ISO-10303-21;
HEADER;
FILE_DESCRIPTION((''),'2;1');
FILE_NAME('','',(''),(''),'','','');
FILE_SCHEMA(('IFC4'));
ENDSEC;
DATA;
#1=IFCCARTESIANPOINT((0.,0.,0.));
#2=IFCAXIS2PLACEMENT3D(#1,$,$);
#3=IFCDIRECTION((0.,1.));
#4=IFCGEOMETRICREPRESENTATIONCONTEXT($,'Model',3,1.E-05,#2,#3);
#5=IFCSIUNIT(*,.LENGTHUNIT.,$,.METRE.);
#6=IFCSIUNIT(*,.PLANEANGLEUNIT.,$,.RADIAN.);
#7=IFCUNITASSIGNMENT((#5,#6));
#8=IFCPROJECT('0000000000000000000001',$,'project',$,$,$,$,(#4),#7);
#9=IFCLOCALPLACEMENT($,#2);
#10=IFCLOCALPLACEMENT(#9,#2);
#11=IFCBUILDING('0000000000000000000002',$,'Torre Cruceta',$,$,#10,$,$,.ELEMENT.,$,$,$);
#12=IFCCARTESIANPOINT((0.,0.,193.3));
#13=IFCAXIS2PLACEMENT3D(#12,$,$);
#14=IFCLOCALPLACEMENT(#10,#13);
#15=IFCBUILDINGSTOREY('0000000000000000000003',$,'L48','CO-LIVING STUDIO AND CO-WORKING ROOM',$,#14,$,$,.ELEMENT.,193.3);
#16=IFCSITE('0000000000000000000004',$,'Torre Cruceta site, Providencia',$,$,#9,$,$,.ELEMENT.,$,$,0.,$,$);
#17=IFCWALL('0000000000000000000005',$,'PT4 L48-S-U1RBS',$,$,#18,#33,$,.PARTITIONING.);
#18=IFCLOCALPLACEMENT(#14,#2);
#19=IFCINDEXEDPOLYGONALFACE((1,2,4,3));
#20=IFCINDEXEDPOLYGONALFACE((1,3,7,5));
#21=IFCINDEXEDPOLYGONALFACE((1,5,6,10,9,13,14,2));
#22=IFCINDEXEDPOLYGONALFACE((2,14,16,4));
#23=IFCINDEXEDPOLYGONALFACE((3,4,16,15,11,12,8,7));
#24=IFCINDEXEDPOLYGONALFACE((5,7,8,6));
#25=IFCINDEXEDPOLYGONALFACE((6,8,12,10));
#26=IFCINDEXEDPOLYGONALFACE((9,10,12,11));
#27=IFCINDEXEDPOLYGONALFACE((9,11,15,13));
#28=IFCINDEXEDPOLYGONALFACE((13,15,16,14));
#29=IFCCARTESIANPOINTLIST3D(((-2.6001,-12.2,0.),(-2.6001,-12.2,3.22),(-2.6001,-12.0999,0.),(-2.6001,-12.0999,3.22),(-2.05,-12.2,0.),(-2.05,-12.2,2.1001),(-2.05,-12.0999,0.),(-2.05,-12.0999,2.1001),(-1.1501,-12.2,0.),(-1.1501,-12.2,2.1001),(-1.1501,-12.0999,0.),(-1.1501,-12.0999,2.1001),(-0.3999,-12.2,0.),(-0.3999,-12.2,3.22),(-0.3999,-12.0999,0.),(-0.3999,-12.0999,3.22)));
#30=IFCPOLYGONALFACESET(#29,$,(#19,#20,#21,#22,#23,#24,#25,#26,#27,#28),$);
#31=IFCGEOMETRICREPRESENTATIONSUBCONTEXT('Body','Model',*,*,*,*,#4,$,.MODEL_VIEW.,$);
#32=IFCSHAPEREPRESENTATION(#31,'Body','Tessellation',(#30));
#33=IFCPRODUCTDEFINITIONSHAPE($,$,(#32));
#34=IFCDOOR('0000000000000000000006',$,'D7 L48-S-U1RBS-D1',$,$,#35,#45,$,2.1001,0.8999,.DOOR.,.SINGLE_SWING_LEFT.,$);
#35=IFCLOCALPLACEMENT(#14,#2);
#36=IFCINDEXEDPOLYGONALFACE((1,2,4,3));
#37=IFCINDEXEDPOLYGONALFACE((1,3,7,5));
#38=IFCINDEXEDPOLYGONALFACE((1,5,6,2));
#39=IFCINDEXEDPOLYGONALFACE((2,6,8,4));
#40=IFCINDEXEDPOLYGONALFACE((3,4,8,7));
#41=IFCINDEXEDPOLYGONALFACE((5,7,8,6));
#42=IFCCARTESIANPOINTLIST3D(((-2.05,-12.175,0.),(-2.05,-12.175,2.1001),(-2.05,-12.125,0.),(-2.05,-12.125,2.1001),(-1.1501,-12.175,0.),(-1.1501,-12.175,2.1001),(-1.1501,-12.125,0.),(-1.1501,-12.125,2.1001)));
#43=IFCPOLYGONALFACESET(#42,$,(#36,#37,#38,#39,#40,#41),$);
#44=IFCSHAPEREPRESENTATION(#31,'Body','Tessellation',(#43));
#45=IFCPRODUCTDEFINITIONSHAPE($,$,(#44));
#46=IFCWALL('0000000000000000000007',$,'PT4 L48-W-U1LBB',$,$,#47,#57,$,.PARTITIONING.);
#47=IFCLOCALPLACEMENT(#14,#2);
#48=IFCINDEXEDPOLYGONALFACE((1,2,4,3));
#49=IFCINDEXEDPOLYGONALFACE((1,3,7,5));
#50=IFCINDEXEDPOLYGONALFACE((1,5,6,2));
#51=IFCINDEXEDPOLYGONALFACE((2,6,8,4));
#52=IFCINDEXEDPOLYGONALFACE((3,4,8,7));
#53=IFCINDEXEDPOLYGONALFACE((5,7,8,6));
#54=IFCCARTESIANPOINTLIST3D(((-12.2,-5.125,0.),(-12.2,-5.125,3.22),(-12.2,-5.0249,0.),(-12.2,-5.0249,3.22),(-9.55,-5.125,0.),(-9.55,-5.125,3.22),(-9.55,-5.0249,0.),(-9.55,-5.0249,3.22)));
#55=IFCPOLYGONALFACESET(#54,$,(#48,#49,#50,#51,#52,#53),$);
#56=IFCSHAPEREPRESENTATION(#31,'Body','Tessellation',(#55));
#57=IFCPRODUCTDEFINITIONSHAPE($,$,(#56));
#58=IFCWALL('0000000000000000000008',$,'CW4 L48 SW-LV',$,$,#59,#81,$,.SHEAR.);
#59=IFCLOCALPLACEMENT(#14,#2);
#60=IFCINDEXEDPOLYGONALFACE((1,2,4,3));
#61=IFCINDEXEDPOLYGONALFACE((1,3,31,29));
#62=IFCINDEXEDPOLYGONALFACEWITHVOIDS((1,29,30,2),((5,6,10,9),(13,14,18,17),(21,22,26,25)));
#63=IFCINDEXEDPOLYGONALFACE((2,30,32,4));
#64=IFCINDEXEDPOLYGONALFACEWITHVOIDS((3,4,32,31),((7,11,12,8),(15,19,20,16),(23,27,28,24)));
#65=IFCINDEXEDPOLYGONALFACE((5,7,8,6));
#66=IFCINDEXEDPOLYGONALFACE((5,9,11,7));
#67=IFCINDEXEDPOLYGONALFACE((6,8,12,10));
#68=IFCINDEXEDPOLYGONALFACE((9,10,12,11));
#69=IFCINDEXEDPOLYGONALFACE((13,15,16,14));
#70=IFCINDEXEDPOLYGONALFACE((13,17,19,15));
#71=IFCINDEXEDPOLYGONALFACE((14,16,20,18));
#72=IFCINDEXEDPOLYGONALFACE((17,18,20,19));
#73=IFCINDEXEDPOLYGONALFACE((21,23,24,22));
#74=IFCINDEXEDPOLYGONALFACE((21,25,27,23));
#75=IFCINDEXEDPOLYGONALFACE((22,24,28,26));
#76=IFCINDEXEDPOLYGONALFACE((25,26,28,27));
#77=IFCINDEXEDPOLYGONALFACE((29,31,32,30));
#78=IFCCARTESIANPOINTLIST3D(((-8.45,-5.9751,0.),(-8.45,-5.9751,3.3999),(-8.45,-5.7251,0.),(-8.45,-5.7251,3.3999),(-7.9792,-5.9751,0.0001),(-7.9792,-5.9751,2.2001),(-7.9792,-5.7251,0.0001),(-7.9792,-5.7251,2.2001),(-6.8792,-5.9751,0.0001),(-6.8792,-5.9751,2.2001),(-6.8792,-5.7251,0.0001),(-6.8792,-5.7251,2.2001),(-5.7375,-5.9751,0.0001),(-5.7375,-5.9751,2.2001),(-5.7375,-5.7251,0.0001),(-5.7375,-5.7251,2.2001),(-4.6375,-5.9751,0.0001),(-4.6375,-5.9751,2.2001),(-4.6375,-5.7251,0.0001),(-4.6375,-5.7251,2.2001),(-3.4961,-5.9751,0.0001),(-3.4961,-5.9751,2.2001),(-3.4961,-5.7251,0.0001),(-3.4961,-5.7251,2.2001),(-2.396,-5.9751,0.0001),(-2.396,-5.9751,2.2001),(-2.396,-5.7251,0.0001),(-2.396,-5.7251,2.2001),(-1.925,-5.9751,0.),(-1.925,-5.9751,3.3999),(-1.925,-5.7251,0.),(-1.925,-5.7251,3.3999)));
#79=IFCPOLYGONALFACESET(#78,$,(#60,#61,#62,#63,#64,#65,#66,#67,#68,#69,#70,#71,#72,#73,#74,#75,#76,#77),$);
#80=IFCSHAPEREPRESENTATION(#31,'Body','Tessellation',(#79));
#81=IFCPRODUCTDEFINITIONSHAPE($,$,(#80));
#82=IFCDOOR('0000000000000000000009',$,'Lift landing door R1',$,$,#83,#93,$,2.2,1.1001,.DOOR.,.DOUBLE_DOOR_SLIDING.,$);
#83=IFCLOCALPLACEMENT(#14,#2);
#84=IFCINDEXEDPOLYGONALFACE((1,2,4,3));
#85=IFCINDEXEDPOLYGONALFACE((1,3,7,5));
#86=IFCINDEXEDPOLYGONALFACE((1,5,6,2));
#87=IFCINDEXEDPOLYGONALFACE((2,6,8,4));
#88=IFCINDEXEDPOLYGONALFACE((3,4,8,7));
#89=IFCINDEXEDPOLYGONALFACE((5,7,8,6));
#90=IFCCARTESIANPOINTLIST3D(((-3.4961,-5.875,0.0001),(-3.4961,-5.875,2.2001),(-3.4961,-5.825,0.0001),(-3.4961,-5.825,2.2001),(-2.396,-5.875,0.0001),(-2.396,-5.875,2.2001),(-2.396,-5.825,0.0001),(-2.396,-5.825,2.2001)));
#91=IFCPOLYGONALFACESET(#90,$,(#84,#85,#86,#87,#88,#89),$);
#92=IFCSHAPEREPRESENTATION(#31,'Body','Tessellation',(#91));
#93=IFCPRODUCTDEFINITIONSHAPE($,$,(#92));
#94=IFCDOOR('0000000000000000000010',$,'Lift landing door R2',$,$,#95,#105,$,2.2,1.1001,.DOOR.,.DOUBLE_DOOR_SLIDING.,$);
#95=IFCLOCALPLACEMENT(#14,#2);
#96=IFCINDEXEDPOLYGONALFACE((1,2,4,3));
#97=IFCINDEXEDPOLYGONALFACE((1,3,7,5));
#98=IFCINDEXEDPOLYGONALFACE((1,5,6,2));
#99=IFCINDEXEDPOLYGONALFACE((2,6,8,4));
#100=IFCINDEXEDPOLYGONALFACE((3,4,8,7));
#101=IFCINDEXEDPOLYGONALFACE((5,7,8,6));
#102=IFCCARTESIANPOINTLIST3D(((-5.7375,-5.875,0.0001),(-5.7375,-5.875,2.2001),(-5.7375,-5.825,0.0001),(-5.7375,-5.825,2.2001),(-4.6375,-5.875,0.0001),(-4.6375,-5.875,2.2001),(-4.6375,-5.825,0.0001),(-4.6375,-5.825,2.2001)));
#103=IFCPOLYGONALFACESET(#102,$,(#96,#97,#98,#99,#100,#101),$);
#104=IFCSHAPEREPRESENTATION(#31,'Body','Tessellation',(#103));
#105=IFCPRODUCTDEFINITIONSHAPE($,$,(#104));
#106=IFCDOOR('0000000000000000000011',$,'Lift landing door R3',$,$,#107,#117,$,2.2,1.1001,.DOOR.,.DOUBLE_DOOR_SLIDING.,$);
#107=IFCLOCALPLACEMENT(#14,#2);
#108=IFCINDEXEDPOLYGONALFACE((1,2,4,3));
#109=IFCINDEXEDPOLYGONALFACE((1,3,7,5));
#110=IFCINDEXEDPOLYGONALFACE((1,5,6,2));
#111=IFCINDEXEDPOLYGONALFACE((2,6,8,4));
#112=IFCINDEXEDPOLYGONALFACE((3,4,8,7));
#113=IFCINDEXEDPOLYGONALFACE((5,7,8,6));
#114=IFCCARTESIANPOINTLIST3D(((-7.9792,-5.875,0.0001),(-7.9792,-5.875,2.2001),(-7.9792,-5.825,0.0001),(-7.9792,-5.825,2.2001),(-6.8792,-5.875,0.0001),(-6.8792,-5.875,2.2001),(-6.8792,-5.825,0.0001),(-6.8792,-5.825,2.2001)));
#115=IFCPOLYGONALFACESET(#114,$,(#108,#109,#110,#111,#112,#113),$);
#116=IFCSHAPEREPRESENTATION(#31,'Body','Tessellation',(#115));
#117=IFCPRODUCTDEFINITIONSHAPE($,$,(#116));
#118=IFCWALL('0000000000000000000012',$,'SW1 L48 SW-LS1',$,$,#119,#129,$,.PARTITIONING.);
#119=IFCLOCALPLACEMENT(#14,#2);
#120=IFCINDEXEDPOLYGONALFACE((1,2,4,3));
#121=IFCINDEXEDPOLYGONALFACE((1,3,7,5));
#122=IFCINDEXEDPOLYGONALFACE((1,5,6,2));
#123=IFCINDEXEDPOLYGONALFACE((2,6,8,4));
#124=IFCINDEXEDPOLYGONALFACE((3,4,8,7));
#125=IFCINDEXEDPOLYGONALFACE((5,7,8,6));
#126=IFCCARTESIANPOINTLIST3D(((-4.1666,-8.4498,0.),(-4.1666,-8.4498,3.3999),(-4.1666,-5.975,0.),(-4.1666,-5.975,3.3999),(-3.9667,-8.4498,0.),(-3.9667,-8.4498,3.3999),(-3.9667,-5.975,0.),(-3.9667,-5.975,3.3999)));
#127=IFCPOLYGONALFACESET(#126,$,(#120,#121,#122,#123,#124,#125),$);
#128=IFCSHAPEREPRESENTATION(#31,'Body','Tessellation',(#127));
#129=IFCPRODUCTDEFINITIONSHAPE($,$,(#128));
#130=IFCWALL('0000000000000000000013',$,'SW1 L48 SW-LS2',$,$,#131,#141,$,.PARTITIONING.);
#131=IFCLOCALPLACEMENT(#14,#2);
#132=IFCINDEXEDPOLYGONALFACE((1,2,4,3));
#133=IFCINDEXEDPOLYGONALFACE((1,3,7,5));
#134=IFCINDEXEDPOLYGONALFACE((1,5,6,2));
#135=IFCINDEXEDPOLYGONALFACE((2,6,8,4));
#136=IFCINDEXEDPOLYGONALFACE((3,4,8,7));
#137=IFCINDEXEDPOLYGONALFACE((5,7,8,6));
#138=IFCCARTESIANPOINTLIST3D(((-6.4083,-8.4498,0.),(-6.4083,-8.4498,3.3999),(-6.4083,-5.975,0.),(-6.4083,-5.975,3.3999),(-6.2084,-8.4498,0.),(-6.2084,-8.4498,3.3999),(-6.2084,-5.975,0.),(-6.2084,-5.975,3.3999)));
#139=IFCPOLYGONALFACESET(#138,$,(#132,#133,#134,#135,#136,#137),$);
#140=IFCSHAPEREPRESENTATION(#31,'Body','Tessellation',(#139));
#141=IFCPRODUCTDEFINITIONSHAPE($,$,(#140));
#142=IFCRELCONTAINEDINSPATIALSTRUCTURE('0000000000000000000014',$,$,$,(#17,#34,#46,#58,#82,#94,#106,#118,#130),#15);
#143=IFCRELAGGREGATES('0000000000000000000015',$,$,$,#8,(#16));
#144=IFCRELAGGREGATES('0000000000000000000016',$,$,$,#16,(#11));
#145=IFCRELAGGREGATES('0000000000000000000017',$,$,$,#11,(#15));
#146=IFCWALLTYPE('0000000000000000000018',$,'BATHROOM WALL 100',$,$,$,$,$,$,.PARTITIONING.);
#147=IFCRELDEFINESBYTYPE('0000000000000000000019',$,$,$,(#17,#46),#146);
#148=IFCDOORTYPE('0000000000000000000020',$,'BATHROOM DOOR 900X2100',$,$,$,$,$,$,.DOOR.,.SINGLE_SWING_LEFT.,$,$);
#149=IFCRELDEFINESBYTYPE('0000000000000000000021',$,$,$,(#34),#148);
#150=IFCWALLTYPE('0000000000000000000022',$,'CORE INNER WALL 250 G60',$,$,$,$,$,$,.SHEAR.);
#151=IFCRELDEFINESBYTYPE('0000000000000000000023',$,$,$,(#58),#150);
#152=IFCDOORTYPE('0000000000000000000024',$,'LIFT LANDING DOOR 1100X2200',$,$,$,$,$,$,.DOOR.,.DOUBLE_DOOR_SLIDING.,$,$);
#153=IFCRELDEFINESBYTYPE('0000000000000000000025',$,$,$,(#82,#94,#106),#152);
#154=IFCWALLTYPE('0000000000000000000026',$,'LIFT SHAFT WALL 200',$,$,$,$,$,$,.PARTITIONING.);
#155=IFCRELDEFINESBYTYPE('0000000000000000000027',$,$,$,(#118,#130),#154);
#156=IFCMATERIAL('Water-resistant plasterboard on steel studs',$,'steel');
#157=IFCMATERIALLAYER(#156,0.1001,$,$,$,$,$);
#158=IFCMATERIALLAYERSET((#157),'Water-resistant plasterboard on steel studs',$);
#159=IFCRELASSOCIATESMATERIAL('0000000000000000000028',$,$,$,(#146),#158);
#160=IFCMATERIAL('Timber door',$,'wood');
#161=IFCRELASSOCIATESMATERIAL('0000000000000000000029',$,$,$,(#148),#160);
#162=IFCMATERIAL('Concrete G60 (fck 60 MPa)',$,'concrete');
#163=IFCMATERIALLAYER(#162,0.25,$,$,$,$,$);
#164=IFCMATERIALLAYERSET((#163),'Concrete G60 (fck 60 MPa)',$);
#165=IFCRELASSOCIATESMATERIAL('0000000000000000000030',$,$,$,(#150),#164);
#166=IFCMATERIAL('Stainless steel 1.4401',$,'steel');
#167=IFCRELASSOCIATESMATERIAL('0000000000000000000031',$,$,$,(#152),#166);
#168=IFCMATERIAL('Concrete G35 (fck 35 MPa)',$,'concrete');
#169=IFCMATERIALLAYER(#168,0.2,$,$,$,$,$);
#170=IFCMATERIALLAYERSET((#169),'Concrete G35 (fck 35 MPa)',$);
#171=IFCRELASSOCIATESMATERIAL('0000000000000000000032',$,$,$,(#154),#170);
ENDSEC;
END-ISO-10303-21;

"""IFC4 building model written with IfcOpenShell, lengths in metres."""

from ifc_helpers import new_model, si_unit, direction, frame, frame_2d, origin, place, context, subcontext, project, spatial, rectangle, extrude, material, layer, layer_set, type_object, element, fill, save


model = new_model("IFC4")

# Units and contexts
model_context = context("Model", 3, precision=1e-05, world=origin(), true_north=direction((0.0, 1.0)))
body_context = subcontext(model_context, "Body", "Model", "MODEL_VIEW")
ifc_project = project(units=[si_unit("LENGTHUNIT", "METRE"), si_unit("PLANEANGLEUNIT", "RADIAN")], contexts=[model_context])

# Site, building, storey
site_placement = place(None, origin())
site = spatial("IfcSite", under=ifc_project, at=site_placement, Name="Torre Cruceta site, Providencia", CompositionType="ELEMENT", RefElevation=0.0)
building_placement = place(site_placement, origin())
building = spatial("IfcBuilding", under=site, at=building_placement, Name="Torre Cruceta", CompositionType="ELEMENT")
storey_placement = place(building_placement, frame((0.0, 0.0, 193.3)))
storey = spatial("IfcBuildingStorey", under=building, at=storey_placement, Name="L48", Description="CO-LIVING STUDIO AND CO-WORKING ROOM", CompositionType="ELEMENT", Elevation=193.3)

# Shared definitions
ifc_material_1 = material(Name="Water-resistant plasterboard on steel studs", Category="steel")
ifc_layer_1 = layer(ifc_material_1, 0.1001)
ifc_layer_set_1 = layer_set([ifc_layer_1], Name="Water-resistant plasterboard on steel studs")
wall_type_1 = type_object("IfcWallType", Name="BATHROOM WALL 100", PredefinedType="PARTITIONING", material=ifc_layer_set_1)

# Wall, opening, door
wall_1_placement = place(storey_placement, frame((-2.6001, -12.1499, 0.0), z_axis=(0.0, 0.0, 1.0), x_axis=(1.0, 0.0, 0.0)))
wall_1 = element("IfcWall", 1, at=wall_1_placement, inside=storey, type_object=wall_type_1, Name="PT4 L48-S-U1RBS", PredefinedType="PARTITIONING", context=body_context, shape_type="SweptSolid", body=[
    extrude(rectangle(XDim=2.2002, YDim=0.1001, at=frame_2d((1.1001, 0.0))), origin(), (0.0, 0.0, 1.0), 3.22),
])
opening_1_placement = place(wall_1_placement, frame((0.55, 0.0, 0.0)))
opening_1 = element("IfcOpeningElement", 2, at=opening_1_placement, cuts=wall_1, PredefinedType="OPENING", context=body_context, shape_type="SweptSolid", body=[
    extrude(rectangle(XDim=0.8999, YDim=2.1001, at=frame_2d((0.45, 1.05))), frame((0.0, 0.0601, 0.0), z_axis=(0.0, -1.0, 0.0), x_axis=(1.0, 0.0, 0.0)), (0.0, 0.0, 1.0), 0.1201),
])
ifc_material_2 = material(Name="Timber door", Category="wood")
door_type_1 = type_object("IfcDoorType", Name="BATHROOM DOOR 900X2100", OperationType="SINGLE_SWING_LEFT", PredefinedType="DOOR", material=ifc_material_2)
door_1_placement = place(opening_1_placement, origin())
door_1 = element("IfcDoor", 3, at=door_1_placement, inside=storey, type_object=door_type_1, Name="D7 L48-S-U1RBS-D1", OperationType="SINGLE_SWING_LEFT", OverallHeight=2.1001, OverallWidth=0.8999, PredefinedType="DOOR", context=body_context, shape_type="SweptSolid", body=[
    extrude(rectangle(XDim=0.8999, YDim=2.1001, at=frame_2d((0.45, 1.05))), frame((0.0, 0.0249, 0.0), z_axis=(0.0, -1.0, 0.0), x_axis=(1.0, 0.0, 0.0)), (0.0, 0.0, 1.0), 0.05),
])
fill(opening_1, door_1)

# Wall
wall_2_placement = place(storey_placement, frame((-9.55, -5.075, 0.0), z_axis=(0.0, 0.0, 1.0), x_axis=(-1.0, 0.0, 0.0)))
element("IfcWall", 4, at=wall_2_placement, inside=storey, type_object=wall_type_1, Name="PT4 L48-W-U1LBB", PredefinedType="PARTITIONING", context=body_context, shape_type="SweptSolid", body=[
    extrude(rectangle(XDim=2.6499, YDim=0.1001, at=frame_2d((1.325, 0.0))), origin(), (0.0, 0.0, 1.0), 3.22),
])

# Wall, openings, doors
ifc_material_3 = material(Name="Concrete G60 (fck 60 MPa)", Category="concrete")
ifc_layer_2 = layer(ifc_material_3, 0.25)
ifc_layer_set_2 = layer_set([ifc_layer_2], Name="Concrete G60 (fck 60 MPa)")
wall_type_2 = type_object("IfcWallType", Name="CORE INNER WALL 250 G60", PredefinedType="SHEAR", material=ifc_layer_set_2)
wall_3_placement = place(storey_placement, frame((-1.925, -5.8501, 0.0), z_axis=(0.0, 0.0, 1.0), x_axis=(-1.0, 0.0, 0.0)))
wall_3 = element("IfcWall", 5, at=wall_3_placement, inside=storey, type_object=wall_type_2, Name="CW4 L48 SW-LV", PredefinedType="SHEAR", context=body_context, shape_type="SweptSolid", body=[
    extrude(rectangle(XDim=6.5249, YDim=0.25, at=frame_2d((3.2625, 0.0))), origin(), (0.0, 0.0, 1.0), 3.3999),
])
opening_2_placement = place(wall_3_placement, frame((0.4709, 0.0, 0.0)))
opening_2 = element("IfcOpeningElement", 6, at=opening_2_placement, cuts=wall_3, PredefinedType="OPENING", context=body_context, shape_type="SweptSolid", body=[
    extrude(rectangle(XDim=1.1001, YDim=2.2, at=frame_2d((0.55, 1.1001))), frame((0.0, 0.135, 0.0), z_axis=(0.0, -1.0, 0.0), x_axis=(1.0, 0.0, 0.0)), (0.0, 0.0, 1.0), 0.27),
])
opening_3_placement = place(wall_3_placement, frame((2.7124, 0.0, 0.0)))
opening_3 = element("IfcOpeningElement", 7, at=opening_3_placement, cuts=wall_3, PredefinedType="OPENING", context=body_context, shape_type="SweptSolid", body=[
    extrude(rectangle(XDim=1.1001, YDim=2.2, at=frame_2d((0.55, 1.1001))), frame((0.0, 0.135, 0.0), z_axis=(0.0, -1.0, 0.0), x_axis=(1.0, 0.0, 0.0)), (0.0, 0.0, 1.0), 0.27),
])
opening_4_placement = place(wall_3_placement, frame((4.9541, 0.0, 0.0)))
opening_4 = element("IfcOpeningElement", 8, at=opening_4_placement, cuts=wall_3, PredefinedType="OPENING", context=body_context, shape_type="SweptSolid", body=[
    extrude(rectangle(XDim=1.1001, YDim=2.2, at=frame_2d((0.55, 1.1001))), frame((0.0, 0.135, 0.0), z_axis=(0.0, -1.0, 0.0), x_axis=(1.0, 0.0, 0.0)), (0.0, 0.0, 1.0), 0.27),
])
ifc_material_4 = material(Name="Stainless steel 1.4401", Category="steel")
door_type_2 = type_object("IfcDoorType", Name="LIFT LANDING DOOR 1100X2200", OperationType="DOUBLE_DOOR_SLIDING", PredefinedType="DOOR", material=ifc_material_4)
door_2_placement = place(opening_2_placement, origin())
door_2 = element("IfcDoor", 9, at=door_2_placement, inside=storey, type_object=door_type_2, Name="Lift landing door R1", OperationType="DOUBLE_DOOR_SLIDING", OverallHeight=2.2, OverallWidth=1.1001, PredefinedType="DOOR", context=body_context, shape_type="SweptSolid", body=[
    extrude(rectangle(XDim=1.1001, YDim=2.2, at=frame_2d((0.55, 1.1001))), frame((0.0, 0.0249, 0.0), z_axis=(0.0, -1.0, 0.0), x_axis=(1.0, 0.0, 0.0)), (0.0, 0.0, 1.0), 0.05),
])
fill(opening_2, door_2)
door_3_placement = place(opening_3_placement, origin())
door_3 = element("IfcDoor", 10, at=door_3_placement, inside=storey, type_object=door_type_2, Name="Lift landing door R2", OperationType="DOUBLE_DOOR_SLIDING", OverallHeight=2.2, OverallWidth=1.1001, PredefinedType="DOOR", context=body_context, shape_type="SweptSolid", body=[
    extrude(rectangle(XDim=1.1001, YDim=2.2, at=frame_2d((0.55, 1.1001))), frame((0.0, 0.0249, 0.0), z_axis=(0.0, -1.0, 0.0), x_axis=(1.0, 0.0, 0.0)), (0.0, 0.0, 1.0), 0.05),
])
fill(opening_3, door_3)
door_4_placement = place(opening_4_placement, origin())
door_4 = element("IfcDoor", 11, at=door_4_placement, inside=storey, type_object=door_type_2, Name="Lift landing door R3", OperationType="DOUBLE_DOOR_SLIDING", OverallHeight=2.2, OverallWidth=1.1001, PredefinedType="DOOR", context=body_context, shape_type="SweptSolid", body=[
    extrude(rectangle(XDim=1.1001, YDim=2.2, at=frame_2d((0.55, 1.1001))), frame((0.0, 0.0249, 0.0), z_axis=(0.0, -1.0, 0.0), x_axis=(1.0, 0.0, 0.0)), (0.0, 0.0, 1.0), 0.05),
])
fill(opening_4, door_4)

# Walls
ifc_material_5 = material(Name="Concrete G35 (fck 35 MPa)", Category="concrete")
ifc_layer_3 = layer(ifc_material_5, 0.2)
ifc_layer_set_3 = layer_set([ifc_layer_3], Name="Concrete G35 (fck 35 MPa)")
wall_type_3 = type_object("IfcWallType", Name="LIFT SHAFT WALL 200", PredefinedType="PARTITIONING", material=ifc_layer_set_3)
for number, where, z_axis, x_axis, name in (
    (12, (-4.0667, -5.9751, 0.0), (0.0, 0.0, 1.0), (0.0, -1.0, 0.0), "SW1 L48 SW-LS1"),
    (13, (-6.3083, -5.9751, 0.0), (0.0, 0.0, 1.0), (0.0, -1.0, 0.0), "SW1 L48 SW-LS2"),
):
    element("IfcWall", number, at=place(storey_placement, frame(where, z_axis=z_axis, x_axis=x_axis)), inside=storey, type_object=wall_type_3, Name=name, PredefinedType="PARTITIONING", context=body_context, shape_type="SweptSolid", body=[
        extrude(rectangle(XDim=2.4749, YDim=0.2, at=frame_2d((1.2373, 0.0))), origin(), (0.0, 0.0, 1.0), 3.3999),
    ])

save(model, "model.ifc")
